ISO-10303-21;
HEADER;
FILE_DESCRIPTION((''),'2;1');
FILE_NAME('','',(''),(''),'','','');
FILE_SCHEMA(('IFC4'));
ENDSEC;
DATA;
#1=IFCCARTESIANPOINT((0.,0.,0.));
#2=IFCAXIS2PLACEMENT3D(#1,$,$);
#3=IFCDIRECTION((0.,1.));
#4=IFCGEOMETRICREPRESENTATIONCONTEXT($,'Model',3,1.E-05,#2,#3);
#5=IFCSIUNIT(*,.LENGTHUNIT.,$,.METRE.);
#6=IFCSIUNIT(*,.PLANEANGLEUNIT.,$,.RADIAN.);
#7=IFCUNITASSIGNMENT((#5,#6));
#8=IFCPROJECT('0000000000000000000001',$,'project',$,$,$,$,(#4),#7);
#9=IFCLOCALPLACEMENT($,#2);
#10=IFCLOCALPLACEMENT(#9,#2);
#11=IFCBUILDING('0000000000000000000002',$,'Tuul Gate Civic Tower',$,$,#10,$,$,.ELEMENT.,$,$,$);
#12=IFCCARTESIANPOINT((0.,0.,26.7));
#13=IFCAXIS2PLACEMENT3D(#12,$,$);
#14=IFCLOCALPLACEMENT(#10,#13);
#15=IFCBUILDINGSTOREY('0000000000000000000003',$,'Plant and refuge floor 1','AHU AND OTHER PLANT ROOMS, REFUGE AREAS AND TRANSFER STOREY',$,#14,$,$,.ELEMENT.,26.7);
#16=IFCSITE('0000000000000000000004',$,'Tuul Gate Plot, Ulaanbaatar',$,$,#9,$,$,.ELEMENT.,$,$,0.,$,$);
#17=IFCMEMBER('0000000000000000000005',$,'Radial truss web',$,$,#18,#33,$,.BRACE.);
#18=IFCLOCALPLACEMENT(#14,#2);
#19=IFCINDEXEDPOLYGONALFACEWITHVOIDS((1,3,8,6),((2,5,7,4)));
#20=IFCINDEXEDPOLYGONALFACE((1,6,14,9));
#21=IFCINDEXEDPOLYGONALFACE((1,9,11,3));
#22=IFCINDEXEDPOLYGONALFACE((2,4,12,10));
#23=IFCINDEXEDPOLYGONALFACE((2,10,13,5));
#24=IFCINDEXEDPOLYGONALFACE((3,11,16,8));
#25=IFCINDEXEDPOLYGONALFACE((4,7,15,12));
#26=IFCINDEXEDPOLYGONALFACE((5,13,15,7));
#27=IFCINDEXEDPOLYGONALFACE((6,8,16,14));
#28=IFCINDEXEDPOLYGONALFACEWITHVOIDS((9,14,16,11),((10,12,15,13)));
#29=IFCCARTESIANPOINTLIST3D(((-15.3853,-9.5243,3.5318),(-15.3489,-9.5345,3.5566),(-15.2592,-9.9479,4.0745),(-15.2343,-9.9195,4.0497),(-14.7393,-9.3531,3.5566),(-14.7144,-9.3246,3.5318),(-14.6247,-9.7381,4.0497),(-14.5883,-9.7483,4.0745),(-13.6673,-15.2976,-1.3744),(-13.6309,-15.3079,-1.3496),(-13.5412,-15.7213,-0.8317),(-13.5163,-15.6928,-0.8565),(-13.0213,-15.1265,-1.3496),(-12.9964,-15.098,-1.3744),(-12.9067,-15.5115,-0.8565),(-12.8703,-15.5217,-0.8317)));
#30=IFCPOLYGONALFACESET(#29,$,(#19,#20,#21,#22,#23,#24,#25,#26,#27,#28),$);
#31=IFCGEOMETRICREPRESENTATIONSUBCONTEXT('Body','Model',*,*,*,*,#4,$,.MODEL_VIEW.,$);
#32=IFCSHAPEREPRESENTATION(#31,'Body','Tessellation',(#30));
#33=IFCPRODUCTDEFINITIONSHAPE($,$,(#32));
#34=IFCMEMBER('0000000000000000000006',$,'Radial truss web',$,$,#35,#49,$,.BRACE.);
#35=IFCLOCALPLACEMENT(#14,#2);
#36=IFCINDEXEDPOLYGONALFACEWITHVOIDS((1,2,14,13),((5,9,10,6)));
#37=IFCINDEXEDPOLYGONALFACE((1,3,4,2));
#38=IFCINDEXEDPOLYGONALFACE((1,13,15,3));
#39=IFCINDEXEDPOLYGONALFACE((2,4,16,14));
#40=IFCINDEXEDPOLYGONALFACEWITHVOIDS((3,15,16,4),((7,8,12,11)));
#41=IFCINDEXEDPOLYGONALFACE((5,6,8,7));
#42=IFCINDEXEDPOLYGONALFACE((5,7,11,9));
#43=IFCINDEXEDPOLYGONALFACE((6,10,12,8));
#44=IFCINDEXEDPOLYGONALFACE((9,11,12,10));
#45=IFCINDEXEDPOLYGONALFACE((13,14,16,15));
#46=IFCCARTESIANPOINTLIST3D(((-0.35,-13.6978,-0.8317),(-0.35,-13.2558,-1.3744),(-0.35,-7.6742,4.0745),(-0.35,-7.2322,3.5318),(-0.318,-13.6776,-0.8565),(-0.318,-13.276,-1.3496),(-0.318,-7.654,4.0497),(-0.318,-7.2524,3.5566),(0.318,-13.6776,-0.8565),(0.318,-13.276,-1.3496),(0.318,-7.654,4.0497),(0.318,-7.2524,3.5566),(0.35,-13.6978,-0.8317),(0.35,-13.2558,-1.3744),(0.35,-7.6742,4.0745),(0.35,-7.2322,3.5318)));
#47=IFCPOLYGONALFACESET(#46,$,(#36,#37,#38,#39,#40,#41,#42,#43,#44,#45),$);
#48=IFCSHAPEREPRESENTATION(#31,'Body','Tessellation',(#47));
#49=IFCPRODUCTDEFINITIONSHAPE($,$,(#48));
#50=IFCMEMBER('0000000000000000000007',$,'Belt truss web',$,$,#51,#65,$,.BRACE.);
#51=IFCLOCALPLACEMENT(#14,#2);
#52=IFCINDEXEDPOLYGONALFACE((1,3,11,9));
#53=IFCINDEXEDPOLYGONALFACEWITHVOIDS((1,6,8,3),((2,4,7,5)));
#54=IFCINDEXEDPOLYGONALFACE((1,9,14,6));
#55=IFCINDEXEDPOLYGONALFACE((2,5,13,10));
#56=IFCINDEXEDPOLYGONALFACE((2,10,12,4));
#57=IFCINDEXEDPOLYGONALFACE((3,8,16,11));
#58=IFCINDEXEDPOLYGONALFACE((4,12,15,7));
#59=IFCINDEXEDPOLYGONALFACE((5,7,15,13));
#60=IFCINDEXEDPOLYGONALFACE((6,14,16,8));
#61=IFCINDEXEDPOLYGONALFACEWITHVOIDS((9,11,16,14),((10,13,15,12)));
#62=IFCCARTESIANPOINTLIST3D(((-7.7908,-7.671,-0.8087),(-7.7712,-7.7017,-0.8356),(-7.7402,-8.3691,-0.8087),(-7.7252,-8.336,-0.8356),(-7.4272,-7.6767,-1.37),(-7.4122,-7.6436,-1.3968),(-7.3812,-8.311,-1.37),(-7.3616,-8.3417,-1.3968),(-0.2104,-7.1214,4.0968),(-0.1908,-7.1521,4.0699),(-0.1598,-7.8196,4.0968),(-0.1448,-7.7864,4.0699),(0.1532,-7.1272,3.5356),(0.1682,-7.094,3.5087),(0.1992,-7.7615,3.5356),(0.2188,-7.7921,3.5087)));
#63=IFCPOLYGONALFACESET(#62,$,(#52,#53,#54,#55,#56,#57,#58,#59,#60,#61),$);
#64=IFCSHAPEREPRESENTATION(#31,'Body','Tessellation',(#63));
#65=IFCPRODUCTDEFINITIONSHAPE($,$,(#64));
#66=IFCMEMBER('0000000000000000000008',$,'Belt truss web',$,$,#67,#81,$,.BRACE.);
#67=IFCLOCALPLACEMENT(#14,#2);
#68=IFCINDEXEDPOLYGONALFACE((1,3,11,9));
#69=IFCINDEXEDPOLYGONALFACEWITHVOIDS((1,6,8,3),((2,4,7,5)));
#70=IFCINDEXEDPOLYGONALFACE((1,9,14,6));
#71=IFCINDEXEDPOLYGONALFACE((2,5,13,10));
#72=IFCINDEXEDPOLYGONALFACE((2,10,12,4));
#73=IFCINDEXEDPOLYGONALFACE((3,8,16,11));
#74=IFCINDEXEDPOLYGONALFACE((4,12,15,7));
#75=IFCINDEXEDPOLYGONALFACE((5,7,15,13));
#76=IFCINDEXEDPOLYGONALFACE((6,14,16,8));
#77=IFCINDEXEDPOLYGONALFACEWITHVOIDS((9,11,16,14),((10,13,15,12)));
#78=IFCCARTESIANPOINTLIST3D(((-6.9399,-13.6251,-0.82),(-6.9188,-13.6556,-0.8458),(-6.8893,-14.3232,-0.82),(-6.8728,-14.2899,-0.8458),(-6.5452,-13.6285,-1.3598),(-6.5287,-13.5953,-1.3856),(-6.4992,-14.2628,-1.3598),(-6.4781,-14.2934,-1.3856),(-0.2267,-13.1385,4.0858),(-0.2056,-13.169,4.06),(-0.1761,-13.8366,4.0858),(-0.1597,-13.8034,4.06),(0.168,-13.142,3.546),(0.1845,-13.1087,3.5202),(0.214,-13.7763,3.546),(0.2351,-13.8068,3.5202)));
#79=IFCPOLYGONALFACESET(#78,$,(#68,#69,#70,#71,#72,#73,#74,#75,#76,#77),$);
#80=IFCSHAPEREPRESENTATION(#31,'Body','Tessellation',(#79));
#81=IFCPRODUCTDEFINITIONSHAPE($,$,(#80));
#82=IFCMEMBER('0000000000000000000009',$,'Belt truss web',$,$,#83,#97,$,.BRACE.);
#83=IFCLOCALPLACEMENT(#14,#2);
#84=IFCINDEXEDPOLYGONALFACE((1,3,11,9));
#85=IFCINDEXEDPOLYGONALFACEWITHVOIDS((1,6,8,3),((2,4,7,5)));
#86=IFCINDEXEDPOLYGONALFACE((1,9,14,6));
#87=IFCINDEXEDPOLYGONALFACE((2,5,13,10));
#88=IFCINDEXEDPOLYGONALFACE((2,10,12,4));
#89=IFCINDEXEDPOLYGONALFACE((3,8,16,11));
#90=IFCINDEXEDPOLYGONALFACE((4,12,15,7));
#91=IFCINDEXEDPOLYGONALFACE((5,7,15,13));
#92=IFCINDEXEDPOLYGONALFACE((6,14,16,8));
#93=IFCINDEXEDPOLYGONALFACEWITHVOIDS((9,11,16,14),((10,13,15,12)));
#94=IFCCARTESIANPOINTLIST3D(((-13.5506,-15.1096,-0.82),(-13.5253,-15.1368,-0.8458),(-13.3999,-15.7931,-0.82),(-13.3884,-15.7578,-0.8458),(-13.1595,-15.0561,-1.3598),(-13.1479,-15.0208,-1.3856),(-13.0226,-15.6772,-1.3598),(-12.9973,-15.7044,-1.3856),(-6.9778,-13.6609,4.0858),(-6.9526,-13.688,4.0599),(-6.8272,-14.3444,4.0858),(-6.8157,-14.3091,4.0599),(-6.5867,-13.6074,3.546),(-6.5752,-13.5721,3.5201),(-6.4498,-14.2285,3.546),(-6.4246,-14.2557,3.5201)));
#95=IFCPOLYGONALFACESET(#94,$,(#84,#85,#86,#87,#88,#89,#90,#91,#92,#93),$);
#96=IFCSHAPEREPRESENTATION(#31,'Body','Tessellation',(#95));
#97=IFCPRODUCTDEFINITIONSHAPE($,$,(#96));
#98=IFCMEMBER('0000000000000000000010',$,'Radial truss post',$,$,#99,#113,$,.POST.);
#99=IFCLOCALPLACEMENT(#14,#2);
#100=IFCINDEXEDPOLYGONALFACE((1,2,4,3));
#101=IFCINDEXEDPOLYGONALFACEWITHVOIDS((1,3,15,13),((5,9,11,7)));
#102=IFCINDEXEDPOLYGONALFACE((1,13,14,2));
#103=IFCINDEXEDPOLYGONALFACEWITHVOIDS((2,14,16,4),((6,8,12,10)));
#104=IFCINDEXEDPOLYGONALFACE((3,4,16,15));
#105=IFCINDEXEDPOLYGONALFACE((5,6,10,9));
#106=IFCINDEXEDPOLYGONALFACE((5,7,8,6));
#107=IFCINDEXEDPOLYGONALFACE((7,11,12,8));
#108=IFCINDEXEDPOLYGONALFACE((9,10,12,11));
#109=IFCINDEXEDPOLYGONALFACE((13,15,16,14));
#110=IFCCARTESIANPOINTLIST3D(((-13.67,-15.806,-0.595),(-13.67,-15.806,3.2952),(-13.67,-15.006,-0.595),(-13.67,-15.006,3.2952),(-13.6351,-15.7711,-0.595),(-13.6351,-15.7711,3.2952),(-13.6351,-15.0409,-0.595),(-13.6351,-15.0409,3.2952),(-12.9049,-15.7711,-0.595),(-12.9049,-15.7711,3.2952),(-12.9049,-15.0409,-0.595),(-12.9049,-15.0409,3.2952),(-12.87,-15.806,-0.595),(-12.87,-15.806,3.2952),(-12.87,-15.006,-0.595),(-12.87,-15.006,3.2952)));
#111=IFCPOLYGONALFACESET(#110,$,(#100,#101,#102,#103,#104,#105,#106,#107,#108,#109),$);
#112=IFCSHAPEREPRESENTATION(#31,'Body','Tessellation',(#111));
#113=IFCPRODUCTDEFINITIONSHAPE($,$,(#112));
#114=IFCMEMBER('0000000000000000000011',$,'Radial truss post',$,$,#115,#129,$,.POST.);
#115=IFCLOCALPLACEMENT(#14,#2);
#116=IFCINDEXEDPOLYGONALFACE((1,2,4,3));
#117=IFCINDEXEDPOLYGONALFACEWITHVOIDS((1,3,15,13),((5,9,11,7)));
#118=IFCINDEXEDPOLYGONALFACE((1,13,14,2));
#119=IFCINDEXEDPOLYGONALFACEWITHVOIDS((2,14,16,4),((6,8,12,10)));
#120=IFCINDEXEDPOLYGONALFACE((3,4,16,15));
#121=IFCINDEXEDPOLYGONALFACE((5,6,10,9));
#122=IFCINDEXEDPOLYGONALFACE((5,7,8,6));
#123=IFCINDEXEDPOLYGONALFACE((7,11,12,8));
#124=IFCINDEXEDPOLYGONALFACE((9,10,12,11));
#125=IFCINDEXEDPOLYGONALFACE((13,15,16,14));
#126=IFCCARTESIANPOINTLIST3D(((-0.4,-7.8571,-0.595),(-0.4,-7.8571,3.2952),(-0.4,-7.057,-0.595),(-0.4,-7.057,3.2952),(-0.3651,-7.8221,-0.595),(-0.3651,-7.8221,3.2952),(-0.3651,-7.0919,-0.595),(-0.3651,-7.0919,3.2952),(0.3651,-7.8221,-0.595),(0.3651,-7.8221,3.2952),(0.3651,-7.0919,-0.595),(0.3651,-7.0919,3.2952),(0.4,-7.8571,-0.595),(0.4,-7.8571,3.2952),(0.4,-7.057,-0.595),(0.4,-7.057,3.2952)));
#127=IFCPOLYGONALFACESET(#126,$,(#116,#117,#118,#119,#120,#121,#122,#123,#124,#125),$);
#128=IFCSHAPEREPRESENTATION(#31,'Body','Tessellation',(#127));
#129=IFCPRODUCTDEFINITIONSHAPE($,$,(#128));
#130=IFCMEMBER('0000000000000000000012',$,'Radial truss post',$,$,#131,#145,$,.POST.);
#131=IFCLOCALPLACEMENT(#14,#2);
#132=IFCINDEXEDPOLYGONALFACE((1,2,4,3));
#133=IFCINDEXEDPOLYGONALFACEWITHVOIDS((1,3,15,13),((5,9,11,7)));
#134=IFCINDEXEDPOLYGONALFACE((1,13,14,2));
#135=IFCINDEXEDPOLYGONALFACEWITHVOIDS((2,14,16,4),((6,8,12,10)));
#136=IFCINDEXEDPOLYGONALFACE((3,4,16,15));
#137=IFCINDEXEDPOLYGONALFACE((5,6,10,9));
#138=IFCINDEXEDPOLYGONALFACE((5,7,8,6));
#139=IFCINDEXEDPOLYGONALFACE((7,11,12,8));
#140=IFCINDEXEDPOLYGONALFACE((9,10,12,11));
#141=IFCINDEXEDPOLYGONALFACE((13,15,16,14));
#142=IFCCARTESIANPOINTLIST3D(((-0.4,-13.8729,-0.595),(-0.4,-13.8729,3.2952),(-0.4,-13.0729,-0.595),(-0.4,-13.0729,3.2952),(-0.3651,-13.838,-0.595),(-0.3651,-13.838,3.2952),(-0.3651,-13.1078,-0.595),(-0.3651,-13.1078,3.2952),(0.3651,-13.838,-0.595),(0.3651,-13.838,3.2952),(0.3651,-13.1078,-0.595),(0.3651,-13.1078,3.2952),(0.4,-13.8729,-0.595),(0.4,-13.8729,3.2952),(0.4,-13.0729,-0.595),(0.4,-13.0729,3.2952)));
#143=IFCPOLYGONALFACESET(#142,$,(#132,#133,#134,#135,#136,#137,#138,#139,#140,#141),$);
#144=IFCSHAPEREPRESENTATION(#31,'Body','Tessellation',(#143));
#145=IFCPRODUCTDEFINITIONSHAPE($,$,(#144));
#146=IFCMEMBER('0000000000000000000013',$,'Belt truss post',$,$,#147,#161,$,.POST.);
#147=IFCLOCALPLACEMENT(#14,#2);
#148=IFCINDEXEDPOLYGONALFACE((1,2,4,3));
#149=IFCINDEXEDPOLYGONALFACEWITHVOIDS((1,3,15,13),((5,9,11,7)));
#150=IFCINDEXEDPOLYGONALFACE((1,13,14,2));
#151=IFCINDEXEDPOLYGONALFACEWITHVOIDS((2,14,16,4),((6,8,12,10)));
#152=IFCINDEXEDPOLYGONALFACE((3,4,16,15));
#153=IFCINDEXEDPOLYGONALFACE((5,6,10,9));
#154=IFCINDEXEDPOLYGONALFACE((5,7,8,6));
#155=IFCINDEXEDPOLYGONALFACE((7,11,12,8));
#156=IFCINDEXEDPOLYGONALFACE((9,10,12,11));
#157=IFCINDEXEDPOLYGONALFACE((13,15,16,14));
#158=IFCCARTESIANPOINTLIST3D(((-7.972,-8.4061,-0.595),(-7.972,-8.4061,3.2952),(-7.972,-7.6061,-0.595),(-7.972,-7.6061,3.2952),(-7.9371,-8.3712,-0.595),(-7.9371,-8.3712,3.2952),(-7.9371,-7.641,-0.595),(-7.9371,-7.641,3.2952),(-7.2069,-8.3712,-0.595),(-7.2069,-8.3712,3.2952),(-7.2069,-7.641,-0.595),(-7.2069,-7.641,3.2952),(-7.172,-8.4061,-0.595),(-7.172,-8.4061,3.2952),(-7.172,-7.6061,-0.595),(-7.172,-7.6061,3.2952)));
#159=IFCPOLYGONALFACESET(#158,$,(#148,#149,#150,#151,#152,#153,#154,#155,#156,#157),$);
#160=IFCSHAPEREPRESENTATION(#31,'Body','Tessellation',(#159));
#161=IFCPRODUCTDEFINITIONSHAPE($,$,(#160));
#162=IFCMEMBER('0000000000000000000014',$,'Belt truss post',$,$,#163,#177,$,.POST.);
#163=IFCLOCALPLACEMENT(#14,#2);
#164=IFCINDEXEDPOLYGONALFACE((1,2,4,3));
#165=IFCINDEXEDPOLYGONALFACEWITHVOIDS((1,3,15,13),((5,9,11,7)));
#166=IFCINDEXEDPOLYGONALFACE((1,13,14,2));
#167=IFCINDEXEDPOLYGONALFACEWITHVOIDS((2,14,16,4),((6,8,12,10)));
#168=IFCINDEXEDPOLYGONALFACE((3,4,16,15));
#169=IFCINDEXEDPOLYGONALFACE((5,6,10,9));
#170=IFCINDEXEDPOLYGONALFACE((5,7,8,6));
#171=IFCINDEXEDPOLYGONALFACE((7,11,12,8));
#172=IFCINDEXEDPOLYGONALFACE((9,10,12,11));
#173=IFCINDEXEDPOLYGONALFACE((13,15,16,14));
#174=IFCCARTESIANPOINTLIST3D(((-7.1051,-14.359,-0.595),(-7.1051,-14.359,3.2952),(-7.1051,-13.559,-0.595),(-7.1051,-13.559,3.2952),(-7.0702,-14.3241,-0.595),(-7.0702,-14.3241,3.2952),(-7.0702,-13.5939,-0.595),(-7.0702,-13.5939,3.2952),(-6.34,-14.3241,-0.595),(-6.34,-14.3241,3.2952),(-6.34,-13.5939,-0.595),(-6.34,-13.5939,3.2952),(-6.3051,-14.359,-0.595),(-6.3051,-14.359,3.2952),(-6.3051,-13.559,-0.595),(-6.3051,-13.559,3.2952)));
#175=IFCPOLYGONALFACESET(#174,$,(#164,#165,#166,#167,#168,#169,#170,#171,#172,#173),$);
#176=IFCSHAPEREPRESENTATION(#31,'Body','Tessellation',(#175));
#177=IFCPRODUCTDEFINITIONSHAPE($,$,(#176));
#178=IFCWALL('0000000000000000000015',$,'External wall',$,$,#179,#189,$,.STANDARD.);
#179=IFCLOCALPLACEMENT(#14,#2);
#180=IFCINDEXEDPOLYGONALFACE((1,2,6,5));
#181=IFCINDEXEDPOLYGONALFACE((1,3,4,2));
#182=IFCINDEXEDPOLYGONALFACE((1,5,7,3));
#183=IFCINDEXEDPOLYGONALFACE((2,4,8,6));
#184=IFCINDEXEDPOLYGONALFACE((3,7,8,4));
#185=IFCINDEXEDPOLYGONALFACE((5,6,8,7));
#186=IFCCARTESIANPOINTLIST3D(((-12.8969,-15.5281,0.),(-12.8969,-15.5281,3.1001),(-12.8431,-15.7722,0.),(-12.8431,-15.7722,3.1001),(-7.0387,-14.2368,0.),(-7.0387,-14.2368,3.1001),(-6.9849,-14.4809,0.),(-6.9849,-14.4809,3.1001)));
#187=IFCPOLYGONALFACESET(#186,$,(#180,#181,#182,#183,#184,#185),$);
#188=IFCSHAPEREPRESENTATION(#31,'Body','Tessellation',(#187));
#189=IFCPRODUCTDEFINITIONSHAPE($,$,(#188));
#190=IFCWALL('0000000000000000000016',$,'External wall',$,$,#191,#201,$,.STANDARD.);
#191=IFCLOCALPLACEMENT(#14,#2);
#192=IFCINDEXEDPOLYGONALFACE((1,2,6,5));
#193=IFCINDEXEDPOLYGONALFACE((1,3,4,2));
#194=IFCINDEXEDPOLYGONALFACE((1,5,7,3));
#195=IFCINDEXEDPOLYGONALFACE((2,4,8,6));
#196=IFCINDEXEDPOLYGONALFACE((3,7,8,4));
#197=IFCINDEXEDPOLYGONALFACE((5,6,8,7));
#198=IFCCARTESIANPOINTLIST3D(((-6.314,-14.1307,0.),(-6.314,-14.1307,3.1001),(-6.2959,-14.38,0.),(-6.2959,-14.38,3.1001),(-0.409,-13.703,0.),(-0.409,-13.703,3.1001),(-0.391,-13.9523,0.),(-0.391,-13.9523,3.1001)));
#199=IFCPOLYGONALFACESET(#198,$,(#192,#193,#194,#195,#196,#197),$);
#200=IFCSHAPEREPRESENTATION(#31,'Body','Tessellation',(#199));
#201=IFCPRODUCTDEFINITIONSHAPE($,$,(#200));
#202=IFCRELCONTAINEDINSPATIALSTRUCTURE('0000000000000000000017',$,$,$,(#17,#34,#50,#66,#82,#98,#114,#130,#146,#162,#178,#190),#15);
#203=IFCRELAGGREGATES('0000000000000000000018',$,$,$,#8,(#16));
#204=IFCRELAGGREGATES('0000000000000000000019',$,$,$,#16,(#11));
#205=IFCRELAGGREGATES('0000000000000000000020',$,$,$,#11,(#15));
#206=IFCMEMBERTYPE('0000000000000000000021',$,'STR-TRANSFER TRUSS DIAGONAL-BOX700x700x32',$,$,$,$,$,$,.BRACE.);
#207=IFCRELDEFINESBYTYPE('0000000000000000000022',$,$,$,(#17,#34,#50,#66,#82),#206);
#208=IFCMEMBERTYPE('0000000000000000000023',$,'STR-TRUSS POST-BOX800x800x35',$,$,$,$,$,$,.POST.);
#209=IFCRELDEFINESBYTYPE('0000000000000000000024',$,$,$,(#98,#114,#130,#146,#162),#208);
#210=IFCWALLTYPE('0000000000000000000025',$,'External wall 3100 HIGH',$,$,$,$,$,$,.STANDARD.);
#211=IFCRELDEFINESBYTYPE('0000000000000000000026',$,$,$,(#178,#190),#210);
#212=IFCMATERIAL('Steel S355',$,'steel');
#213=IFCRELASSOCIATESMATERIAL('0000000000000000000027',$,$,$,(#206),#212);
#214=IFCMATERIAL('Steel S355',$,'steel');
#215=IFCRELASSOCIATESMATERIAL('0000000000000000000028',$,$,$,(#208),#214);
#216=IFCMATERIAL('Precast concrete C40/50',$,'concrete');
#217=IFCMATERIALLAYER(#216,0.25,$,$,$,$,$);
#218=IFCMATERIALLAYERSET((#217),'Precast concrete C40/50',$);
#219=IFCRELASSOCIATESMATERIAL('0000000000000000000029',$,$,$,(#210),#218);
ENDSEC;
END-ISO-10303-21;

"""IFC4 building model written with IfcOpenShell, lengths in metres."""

from ifc_helpers import new_model, si_unit, direction, frame, frame_2d, origin, origin_2d, place, context, subcontext, project, spatial, rectangle, hollow_rectangle, extrude, material, layer, layer_set, material_profile, profile_set, type_object, element, save


model = new_model("IFC4")

# Units and contexts
model_context = context("Model", 3, precision=1e-05, world=origin(), true_north=direction((0.0, 1.0)))
body_context = subcontext(model_context, "Body", "Model", "MODEL_VIEW")
ifc_project = project(units=[si_unit("LENGTHUNIT", "METRE"), si_unit("PLANEANGLEUNIT", "RADIAN")], contexts=[model_context])

# Site, building, storey
site_placement = place(None, origin())
site = spatial("IfcSite", under=ifc_project, at=site_placement, Name="Tuul Gate Plot, Ulaanbaatar", CompositionType="ELEMENT", RefElevation=0.0)
building_placement = place(site_placement, origin())
building = spatial("IfcBuilding", under=site, at=building_placement, Name="Tuul Gate Civic Tower", CompositionType="ELEMENT")
storey_placement = place(building_placement, frame((0.0, 0.0, 26.7)))
storey = spatial("IfcBuildingStorey", under=building, at=storey_placement, Name="Plant and refuge floor 1", Description="AHU AND OTHER PLANT ROOMS, REFUGE AREAS AND TRANSFER STOREY", CompositionType="ELEMENT", Elevation=26.7)

# Members
ifc_material_1 = material(Name="Steel S355", Category="steel")
ifc_material_profile_1 = material_profile(ifc_material_1, hollow_rectangle(XDim=0.7, YDim=0.7, WallThickness=0.032, at=origin_2d()), Name="BOX700x700x32")
ifc_profile_set_1 = profile_set([ifc_material_profile_1], Name="Steel S355")
member_type_1 = type_object("IfcMemberType", Name="STR-TRANSFER TRUSS DIAGONAL-BOX700x700x32", PredefinedType="BRACE", material=ifc_profile_set_1)
for number, where, z_axis, x_axis, name in (
    (1, (-13.2688, -15.4097, -1.103), (-0.221141, 0.74315, 0.631526), (-0.958464, -0.285213, 0.0), "Radial truss web"),
    (2, (0.0, -13.4768, -1.103), (0.0, 0.775357, 0.631523), (-1.0, 0.0, 0.0), "Radial truss web"),
):
    element("IfcMember", number, at=place(storey_placement, frame(where, z_axis=z_axis, x_axis=x_axis)), inside=storey, type_object=member_type_1, Name=name, PredefinedType="BRACE", context=body_context, shape_type="SweptSolid", body=[
        extrude(hollow_rectangle(XDim=0.7, YDim=0.7, WallThickness=0.032, at=origin_2d()), origin(), (0.0, 0.0, 1.0), 7.7688),
    ])
member_1_placement = place(storey_placement, frame((-7.5762, -8.0063, -1.1028), z_axis=(0.837989, 0.060753, 0.542295), x_axis=(-0.072309, 0.997382, 0.0)))
element("IfcMember", 3, at=member_1_placement, inside=storey, type_object=member_type_1, Name="Belt truss web", PredefinedType="BRACE", context=body_context, shape_type="SweptSolid", body=[
    extrude(hollow_rectangle(XDim=0.7, YDim=0.7, WallThickness=0.032, at=origin_2d()), origin(), (0.0, 0.0, 1.0), 9.0459),
])
member_2_placement = place(storey_placement, frame((-6.709, -13.9592, -1.1028), z_axis=(0.806012, 0.05842, 0.58901), x_axis=(-0.072291, 0.997384, 0.0)))
element("IfcMember", 4, at=member_2_placement, inside=storey, type_object=member_type_1, Name="Belt truss web", PredefinedType="BRACE", context=body_context, shape_type="SweptSolid", body=[
    extrude(hollow_rectangle(XDim=0.7, YDim=0.7, WallThickness=0.032, at=origin_2d()), origin(), (0.0, 0.0, 1.0), 8.3289),
])
member_3_placement = place(storey_placement, frame((-13.2739, -15.407, -1.1028), z_axis=(0.789174, 0.173945, 0.589022), x_axis=(-0.215248, 0.976559, 0.0)))
element("IfcMember", 5, at=member_3_placement, inside=storey, type_object=member_type_1, Name="Belt truss web", PredefinedType="BRACE", context=body_context, shape_type="SweptSolid", body=[
    extrude(hollow_rectangle(XDim=0.7, YDim=0.7, WallThickness=0.032, at=origin_2d()), origin(), (0.0, 0.0, 1.0), 8.3286),
])
ifc_material_2 = material(Name="Steel S355", Category="steel")
ifc_material_profile_2 = material_profile(ifc_material_2, hollow_rectangle(XDim=0.8, YDim=0.8, WallThickness=0.0349, at=origin_2d()), Name="BOX800x800x35")
ifc_profile_set_2 = profile_set([ifc_material_profile_2], Name="Steel S355")
member_type_2 = type_object("IfcMemberType", Name="STR-TRUSS POST-BOX800x800x35", PredefinedType="POST", material=ifc_profile_set_2)
for number, where, z_axis, x_axis, name in (
    (6, (-13.27, -15.406, -0.595), (0.0, 0.0, 1.0), (1.0, 0.0, 0.0), "Radial truss post"),
    (7, (0.0, -7.457, -0.595), (0.0, 0.0, 1.0), (1.0, 0.0, 0.0), "Radial truss post"),
    (8, (0.0, -13.4729, -0.595), (0.0, 0.0, 1.0), (1.0, 0.0, 0.0), "Radial truss post"),
    (9, (-7.572, -8.0061, -0.595), (0.0, 0.0, 1.0), (1.0, 0.0, 0.0), "Belt truss post"),
    (10, (-6.7051, -13.959, -0.595), (0.0, 0.0, 1.0), (1.0, 0.0, 0.0), "Belt truss post"),
):
    element("IfcMember", number, at=place(storey_placement, frame(where, z_axis=z_axis, x_axis=x_axis)), inside=storey, type_object=member_type_2, Name=name, PredefinedType="POST", context=body_context, shape_type="SweptSolid", body=[
        extrude(hollow_rectangle(XDim=0.8, YDim=0.8, WallThickness=0.0349, at=origin_2d()), origin(), (0.0, 0.0, 1.0), 3.8901),
    ])

# Walls
ifc_material_3 = material(Name="Precast concrete C40/50", Category="concrete")
ifc_layer_1 = layer(ifc_material_3, 0.25)
ifc_layer_set_1 = layer_set([ifc_layer_1], Name="Precast concrete C40/50")
wall_type_1 = type_object("IfcWallType", Name="External wall 3100 HIGH", PredefinedType="STANDARD", material=ifc_layer_set_1)
wall_1_placement = place(storey_placement, frame((-12.8701, -15.6501, 0.0), z_axis=(0.0, 0.0, 1.0), x_axis=(0.976558, 0.215254, 0.0)))
element("IfcWall", 11, at=wall_1_placement, inside=storey, type_object=wall_type_1, Name="External wall", PredefinedType="STANDARD", context=body_context, shape_type="SweptSolid", body=[
    extrude(rectangle(XDim=5.9988, YDim=0.25, at=frame_2d((2.9995, 0.0))), origin(), (0.0, 0.0, 1.0), 3.1001),
])
wall_2_placement = place(storey_placement, frame((-6.3049, -14.2554, 0.0), z_axis=(0.0, 0.0, 1.0), x_axis=(0.997387, 0.072246, 0.0)))
element("IfcWall", 12, at=wall_2_placement, inside=storey, type_object=wall_type_1, Name="External wall", PredefinedType="STANDARD", context=body_context, shape_type="SweptSolid", body=[
    extrude(rectangle(XDim=5.9204, YDim=0.25, at=frame_2d((2.9602, 0.0))), origin(), (0.0, 0.0, 1.0), 3.1001),
])

save(model, "model.ifc")
